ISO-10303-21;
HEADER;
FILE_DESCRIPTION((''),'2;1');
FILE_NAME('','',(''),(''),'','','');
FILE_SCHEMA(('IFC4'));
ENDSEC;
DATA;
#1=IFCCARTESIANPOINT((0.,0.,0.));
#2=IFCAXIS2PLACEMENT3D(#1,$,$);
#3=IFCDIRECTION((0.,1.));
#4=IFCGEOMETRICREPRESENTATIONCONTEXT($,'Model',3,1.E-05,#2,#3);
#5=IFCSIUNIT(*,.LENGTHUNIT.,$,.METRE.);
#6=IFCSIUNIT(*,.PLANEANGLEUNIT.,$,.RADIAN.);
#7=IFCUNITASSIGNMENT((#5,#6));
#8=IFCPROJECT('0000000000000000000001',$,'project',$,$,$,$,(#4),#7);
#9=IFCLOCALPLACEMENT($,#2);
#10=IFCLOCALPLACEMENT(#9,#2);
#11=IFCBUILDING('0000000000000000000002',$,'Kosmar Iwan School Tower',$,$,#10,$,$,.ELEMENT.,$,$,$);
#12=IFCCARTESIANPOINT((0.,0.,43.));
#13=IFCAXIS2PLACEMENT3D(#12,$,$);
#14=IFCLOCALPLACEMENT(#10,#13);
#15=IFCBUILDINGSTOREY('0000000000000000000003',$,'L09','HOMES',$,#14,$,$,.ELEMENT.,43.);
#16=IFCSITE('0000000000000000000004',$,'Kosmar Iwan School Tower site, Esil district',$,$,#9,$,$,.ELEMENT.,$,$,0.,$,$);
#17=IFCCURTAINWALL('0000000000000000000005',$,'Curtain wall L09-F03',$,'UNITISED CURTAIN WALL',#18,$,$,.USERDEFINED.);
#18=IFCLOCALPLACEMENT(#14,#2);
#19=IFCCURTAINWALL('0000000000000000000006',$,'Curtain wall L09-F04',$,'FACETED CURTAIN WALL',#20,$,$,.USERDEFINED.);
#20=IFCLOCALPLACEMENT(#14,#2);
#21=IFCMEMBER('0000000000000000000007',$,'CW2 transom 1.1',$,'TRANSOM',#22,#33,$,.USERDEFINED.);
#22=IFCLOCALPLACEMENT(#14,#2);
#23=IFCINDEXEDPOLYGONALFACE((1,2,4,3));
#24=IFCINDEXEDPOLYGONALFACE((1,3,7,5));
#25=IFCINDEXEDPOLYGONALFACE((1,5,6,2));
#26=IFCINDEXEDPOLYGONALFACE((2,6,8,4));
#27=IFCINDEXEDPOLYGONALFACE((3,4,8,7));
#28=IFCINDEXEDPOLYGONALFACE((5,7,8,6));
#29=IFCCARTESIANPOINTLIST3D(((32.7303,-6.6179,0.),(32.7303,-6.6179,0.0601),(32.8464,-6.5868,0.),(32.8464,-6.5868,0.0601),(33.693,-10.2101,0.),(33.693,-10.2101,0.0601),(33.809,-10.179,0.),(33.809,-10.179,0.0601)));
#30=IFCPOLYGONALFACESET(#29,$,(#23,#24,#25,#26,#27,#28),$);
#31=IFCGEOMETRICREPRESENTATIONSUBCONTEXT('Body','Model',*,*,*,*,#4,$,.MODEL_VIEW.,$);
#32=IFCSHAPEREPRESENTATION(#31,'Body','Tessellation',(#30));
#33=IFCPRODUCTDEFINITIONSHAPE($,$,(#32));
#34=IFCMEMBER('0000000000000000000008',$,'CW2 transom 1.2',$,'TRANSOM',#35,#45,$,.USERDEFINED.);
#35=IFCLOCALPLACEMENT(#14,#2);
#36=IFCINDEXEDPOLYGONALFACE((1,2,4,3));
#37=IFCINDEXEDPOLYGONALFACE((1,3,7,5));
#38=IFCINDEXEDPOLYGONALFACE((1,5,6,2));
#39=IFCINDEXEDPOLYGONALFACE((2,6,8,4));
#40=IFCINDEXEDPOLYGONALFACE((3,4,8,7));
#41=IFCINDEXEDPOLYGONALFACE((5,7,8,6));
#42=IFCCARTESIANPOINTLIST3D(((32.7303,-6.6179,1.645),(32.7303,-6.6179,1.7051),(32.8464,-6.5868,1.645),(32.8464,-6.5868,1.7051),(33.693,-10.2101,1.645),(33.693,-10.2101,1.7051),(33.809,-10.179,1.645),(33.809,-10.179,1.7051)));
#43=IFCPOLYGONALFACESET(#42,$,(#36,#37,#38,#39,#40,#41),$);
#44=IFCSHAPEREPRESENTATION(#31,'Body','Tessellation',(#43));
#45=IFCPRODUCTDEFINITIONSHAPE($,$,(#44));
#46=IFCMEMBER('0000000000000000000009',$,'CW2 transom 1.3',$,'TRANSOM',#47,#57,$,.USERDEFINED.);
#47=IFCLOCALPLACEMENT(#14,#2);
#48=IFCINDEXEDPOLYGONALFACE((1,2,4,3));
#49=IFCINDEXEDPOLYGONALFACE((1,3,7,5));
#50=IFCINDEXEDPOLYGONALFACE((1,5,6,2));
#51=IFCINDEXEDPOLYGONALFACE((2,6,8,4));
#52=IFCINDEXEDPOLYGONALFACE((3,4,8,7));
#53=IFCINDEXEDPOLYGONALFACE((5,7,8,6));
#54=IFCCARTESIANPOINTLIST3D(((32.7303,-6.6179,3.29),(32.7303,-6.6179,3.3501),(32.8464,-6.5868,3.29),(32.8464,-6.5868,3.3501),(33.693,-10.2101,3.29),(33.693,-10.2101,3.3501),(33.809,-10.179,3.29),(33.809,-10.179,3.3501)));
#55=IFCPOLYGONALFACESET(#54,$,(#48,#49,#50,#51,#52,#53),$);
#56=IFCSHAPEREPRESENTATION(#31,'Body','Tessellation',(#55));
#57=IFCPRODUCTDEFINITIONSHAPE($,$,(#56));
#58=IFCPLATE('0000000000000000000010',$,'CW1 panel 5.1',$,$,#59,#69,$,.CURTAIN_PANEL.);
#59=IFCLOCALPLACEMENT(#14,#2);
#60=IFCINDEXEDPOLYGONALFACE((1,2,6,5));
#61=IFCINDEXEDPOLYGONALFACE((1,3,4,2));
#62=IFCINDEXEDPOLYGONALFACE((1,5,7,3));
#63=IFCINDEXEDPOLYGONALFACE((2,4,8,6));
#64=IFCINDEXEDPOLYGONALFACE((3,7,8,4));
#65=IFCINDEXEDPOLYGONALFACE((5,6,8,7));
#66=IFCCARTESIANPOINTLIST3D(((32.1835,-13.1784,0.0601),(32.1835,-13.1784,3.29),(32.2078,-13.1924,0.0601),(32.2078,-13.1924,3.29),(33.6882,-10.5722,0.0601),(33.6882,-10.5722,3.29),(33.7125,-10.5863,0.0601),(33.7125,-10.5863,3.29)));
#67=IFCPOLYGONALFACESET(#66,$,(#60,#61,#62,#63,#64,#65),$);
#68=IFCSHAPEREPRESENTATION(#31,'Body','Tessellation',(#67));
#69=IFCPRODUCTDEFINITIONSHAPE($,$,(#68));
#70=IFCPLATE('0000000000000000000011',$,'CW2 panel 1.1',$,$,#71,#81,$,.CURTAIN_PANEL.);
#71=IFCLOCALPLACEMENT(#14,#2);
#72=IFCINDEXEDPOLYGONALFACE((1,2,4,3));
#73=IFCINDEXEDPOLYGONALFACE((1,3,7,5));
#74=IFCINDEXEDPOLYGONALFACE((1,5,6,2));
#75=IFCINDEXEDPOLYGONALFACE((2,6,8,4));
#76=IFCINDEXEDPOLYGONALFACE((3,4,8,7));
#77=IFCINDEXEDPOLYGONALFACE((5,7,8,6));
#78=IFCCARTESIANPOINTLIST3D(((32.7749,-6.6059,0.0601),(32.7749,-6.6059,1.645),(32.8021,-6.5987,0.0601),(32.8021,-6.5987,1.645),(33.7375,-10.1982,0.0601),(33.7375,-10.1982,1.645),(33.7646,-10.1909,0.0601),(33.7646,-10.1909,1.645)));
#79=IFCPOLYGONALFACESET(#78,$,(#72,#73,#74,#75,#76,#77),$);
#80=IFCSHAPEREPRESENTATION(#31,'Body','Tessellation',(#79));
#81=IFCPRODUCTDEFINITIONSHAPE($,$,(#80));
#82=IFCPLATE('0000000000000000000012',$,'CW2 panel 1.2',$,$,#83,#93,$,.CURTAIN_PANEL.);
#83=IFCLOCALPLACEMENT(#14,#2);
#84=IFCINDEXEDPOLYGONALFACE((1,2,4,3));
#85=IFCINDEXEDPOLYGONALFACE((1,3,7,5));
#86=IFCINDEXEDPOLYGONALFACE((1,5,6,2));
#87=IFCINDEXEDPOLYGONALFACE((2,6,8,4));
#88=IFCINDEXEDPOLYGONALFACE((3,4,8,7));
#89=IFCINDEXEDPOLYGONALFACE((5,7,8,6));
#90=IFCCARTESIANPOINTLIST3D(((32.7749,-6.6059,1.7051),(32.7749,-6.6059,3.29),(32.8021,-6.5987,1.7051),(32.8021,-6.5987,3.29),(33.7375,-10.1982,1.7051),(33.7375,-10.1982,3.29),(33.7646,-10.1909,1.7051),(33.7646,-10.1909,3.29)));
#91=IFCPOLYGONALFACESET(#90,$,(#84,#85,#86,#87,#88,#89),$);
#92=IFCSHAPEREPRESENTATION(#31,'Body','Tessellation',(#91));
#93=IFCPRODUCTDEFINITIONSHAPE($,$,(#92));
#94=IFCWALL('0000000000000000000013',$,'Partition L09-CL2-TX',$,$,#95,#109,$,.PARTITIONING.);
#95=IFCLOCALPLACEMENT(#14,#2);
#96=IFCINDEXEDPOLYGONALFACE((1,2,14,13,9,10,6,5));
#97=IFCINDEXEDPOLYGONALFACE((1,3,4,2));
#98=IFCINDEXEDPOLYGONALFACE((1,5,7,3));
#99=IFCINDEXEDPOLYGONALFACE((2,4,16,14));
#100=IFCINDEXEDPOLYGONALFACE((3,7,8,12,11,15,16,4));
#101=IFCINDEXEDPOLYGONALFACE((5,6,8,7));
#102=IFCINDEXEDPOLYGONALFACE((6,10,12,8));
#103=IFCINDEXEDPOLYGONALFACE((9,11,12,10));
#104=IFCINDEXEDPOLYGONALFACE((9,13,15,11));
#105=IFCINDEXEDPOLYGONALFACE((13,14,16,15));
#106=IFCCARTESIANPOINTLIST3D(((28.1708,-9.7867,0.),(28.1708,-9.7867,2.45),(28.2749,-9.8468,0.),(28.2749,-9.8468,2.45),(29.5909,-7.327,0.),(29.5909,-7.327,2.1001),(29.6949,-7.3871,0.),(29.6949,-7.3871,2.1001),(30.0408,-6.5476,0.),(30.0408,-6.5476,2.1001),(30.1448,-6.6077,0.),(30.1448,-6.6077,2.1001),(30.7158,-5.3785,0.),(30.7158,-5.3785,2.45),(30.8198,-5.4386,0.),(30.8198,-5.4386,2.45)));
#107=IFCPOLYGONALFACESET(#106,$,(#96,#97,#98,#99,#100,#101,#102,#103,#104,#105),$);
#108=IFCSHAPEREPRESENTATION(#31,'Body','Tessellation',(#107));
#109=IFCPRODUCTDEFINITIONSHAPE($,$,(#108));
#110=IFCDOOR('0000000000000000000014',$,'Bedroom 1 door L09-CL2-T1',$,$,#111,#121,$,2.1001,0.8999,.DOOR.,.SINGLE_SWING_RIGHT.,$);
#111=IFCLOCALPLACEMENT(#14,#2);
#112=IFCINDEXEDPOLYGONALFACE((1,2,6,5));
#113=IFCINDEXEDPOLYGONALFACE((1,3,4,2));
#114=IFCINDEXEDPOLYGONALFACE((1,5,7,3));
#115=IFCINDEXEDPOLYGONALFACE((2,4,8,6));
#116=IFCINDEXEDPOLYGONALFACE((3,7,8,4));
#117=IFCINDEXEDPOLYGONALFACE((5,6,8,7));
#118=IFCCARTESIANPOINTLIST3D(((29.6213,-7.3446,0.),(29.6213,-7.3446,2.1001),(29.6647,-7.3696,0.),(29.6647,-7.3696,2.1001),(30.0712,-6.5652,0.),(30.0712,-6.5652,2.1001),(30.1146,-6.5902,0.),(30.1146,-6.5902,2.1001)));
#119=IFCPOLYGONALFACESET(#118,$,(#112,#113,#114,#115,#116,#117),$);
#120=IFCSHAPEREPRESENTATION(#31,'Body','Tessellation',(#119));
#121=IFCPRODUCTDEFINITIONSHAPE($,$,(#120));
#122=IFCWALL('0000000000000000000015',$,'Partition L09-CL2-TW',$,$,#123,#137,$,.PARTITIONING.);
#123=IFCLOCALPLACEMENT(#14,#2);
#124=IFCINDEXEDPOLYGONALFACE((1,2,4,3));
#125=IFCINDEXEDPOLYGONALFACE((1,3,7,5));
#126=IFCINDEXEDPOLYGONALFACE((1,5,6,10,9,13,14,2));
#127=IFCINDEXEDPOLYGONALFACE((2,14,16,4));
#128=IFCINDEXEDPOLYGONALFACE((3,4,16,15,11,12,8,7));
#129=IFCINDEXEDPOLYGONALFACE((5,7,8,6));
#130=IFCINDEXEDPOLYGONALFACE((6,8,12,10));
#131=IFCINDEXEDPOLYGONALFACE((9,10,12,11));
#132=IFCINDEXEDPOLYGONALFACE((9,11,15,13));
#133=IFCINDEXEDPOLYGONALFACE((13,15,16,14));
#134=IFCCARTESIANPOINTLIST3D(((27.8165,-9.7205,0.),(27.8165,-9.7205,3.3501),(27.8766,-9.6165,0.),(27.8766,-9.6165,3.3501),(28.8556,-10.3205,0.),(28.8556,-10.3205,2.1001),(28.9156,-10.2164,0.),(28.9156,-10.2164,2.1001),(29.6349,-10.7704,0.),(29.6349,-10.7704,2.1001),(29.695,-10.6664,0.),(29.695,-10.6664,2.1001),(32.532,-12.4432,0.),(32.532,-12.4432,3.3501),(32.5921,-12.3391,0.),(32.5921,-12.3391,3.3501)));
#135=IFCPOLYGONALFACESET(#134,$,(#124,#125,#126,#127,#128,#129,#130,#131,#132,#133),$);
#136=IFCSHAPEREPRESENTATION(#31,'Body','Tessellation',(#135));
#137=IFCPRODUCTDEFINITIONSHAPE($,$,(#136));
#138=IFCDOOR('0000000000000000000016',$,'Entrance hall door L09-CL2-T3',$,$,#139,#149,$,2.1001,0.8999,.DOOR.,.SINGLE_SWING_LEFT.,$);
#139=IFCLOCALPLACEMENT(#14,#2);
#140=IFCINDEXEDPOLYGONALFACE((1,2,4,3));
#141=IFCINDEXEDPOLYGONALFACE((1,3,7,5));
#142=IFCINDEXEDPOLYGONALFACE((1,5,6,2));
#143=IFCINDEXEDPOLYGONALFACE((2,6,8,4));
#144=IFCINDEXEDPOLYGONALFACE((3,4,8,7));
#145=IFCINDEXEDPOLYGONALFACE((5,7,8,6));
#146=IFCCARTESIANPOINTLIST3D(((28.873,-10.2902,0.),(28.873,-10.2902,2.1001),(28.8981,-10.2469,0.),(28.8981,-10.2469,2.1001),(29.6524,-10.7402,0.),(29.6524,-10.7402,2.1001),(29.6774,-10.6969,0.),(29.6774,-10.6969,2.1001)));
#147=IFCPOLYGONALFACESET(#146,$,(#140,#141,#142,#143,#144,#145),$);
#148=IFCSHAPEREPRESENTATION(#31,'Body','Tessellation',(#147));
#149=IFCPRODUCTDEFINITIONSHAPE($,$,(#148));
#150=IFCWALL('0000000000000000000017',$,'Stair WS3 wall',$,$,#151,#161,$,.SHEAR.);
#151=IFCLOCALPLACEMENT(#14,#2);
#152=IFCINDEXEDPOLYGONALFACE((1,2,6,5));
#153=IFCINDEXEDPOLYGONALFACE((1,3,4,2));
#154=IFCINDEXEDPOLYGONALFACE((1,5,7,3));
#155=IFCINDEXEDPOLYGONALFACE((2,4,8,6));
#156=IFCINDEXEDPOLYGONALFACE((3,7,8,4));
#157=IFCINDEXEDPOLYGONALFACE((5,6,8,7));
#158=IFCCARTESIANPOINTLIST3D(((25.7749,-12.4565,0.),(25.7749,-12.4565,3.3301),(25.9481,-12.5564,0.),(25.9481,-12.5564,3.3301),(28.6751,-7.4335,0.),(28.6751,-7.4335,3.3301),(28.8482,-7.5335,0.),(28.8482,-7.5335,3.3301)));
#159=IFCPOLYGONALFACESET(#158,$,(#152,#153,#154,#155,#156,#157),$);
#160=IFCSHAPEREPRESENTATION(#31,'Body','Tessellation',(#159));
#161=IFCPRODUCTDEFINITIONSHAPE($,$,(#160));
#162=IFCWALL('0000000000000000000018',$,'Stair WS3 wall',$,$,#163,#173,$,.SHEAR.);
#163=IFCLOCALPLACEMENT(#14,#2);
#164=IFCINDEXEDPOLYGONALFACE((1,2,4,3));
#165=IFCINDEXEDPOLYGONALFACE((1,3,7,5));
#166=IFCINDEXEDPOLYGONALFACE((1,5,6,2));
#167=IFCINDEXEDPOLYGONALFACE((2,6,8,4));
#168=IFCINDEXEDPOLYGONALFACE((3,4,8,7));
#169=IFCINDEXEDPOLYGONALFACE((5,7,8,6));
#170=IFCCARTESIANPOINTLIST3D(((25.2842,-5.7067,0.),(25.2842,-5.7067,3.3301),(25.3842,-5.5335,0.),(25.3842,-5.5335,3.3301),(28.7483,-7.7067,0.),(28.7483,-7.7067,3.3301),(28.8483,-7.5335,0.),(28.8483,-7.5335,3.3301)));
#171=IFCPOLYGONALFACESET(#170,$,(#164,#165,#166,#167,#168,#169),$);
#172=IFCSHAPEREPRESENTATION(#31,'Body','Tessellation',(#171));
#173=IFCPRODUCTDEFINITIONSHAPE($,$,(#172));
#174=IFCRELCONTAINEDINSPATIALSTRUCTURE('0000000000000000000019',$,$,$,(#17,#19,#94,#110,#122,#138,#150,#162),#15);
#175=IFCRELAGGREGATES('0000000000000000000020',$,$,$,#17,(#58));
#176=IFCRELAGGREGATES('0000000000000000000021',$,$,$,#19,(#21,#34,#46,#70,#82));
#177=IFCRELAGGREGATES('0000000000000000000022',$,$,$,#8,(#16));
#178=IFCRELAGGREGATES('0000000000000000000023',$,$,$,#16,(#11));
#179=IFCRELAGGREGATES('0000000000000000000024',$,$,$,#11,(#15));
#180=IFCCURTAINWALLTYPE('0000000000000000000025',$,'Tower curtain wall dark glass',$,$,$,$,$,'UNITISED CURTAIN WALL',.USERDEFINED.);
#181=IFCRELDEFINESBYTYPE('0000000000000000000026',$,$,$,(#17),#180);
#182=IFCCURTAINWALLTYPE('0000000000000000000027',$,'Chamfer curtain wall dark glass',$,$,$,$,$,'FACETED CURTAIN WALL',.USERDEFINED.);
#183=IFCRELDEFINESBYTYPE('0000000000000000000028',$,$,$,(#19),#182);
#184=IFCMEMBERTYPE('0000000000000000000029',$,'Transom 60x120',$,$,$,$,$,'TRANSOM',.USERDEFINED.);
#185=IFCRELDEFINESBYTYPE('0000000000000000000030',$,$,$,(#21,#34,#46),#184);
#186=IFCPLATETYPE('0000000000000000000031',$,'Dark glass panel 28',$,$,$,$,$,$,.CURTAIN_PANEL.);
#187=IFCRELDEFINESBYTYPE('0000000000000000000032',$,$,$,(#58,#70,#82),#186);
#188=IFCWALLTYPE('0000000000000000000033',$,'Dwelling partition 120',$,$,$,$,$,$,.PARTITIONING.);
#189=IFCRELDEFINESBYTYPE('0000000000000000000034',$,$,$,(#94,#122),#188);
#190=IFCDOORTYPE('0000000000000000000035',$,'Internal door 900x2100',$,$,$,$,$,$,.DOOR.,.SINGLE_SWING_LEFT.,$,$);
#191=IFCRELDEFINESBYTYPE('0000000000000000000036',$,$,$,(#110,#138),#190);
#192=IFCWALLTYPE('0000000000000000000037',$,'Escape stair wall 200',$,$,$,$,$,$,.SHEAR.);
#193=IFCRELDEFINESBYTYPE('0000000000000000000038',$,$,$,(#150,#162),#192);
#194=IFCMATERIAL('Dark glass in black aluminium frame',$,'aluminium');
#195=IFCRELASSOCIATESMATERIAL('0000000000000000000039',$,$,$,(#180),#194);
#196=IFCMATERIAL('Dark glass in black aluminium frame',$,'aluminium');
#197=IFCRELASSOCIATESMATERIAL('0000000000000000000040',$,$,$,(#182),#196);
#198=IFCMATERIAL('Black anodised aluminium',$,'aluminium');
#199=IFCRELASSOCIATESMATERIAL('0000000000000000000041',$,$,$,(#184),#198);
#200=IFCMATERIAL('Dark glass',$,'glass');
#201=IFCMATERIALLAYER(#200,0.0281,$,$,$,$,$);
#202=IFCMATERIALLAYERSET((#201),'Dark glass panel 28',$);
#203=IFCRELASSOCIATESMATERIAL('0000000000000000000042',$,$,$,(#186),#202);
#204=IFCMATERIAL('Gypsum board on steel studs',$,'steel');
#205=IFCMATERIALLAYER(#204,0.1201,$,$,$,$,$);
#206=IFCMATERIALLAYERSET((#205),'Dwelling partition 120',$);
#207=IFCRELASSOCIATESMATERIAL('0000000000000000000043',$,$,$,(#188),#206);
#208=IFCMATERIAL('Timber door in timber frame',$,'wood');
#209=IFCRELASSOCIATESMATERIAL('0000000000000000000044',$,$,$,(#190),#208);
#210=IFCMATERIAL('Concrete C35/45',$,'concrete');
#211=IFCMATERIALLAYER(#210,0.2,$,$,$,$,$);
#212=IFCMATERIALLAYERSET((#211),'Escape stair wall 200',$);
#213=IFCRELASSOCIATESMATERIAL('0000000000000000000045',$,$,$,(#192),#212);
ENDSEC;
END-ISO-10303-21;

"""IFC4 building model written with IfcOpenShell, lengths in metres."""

from ifc_helpers import new_model, si_unit, direction, frame, frame_2d, origin, origin_2d, place, context, subcontext, project, spatial, rectangle, extrude, material, layer, layer_set, material_profile, profile_set, type_object, element, fill, aggregate, save


model = new_model("IFC4")

# Units and contexts
model_context = context("Model", 3, precision=1e-05, world=origin(), true_north=direction((0.0, 1.0)))
body_context = subcontext(model_context, "Body", "Model", "MODEL_VIEW")
ifc_project = project(units=[si_unit("LENGTHUNIT", "METRE"), si_unit("PLANEANGLEUNIT", "RADIAN")], contexts=[model_context])

# Site, building, storey
site_placement = place(None, origin())
site = spatial("IfcSite", under=ifc_project, at=site_placement, Name="Kosmar Iwan School Tower site, Esil district", CompositionType="ELEMENT", RefElevation=0.0)
building_placement = place(site_placement, origin())
building = spatial("IfcBuilding", under=site, at=building_placement, Name="Kosmar Iwan School Tower", CompositionType="ELEMENT")
storey_placement = place(building_placement, frame((0.0, 0.0, 43.0)))
storey = spatial("IfcBuildingStorey", under=building, at=storey_placement, Name="L09", Description="HOMES", CompositionType="ELEMENT", Elevation=43.0)

# Curtain wall
ifc_material_1 = material(Name="Dark glass in black aluminium frame", Category="aluminium")
curtain_wall_type_1 = type_object("IfcCurtainWallType", Name="Tower curtain wall dark glass", ElementType="UNITISED CURTAIN WALL", PredefinedType="USERDEFINED", material=ifc_material_1)
curtain_wall_1_placement = place(storey_placement, origin())
curtain_wall_1 = element("IfcCurtainWall", 1, at=curtain_wall_1_placement, inside=storey, type_object=curtain_wall_type_1, Name="Curtain wall L09-F03", ObjectType="UNITISED CURTAIN WALL", PredefinedType="USERDEFINED")

# Curtain wall
ifc_material_2 = material(Name="Dark glass in black aluminium frame", Category="aluminium")
curtain_wall_type_2 = type_object("IfcCurtainWallType", Name="Chamfer curtain wall dark glass", ElementType="FACETED CURTAIN WALL", PredefinedType="USERDEFINED", material=ifc_material_2)
curtain_wall_2_placement = place(storey_placement, origin())
curtain_wall_2 = element("IfcCurtainWall", 2, at=curtain_wall_2_placement, inside=storey, type_object=curtain_wall_type_2, Name="Curtain wall L09-F04", ObjectType="FACETED CURTAIN WALL", PredefinedType="USERDEFINED")

# Members
ifc_material_3 = material(Name="Black anodised aluminium", Category="aluminium")
ifc_material_profile_1 = material_profile(ifc_material_3, rectangle(XDim=0.1201, YDim=0.0601, at=origin_2d()), Name="TRANSOM 60x120")
ifc_profile_set_1 = profile_set([ifc_material_profile_1], Name="Black anodised aluminium")
member_type_1 = type_object("IfcMemberType", Name="Transom 60x120", ElementType="TRANSOM", PredefinedType="USERDEFINED", material=ifc_profile_set_1)
member_1_placement = place(storey_placement, frame((33.751, -10.1946, 0.03), z_axis=(-0.258843, 0.965919, 0.0), x_axis=(-0.965919, -0.258843, 0.0)))
member_1 = element("IfcMember", 3, at=member_1_placement, type_object=member_type_1, Name="CW2 transom 1.1", ObjectType="TRANSOM", PredefinedType="USERDEFINED", context=body_context, shape_type="SweptSolid", body=[
    extrude(rectangle(XDim=0.1201, YDim=0.0601, at=origin_2d()), origin(), (0.0, 0.0, 1.0), 3.719),
])
member_2_placement = place(storey_placement, frame((33.751, -10.1946, 1.675), z_axis=(-0.258843, 0.965919, 0.0), x_axis=(-0.965919, -0.258843, 0.0)))
member_2 = element("IfcMember", 4, at=member_2_placement, type_object=member_type_1, Name="CW2 transom 1.2", ObjectType="TRANSOM", PredefinedType="USERDEFINED", context=body_context, shape_type="SweptSolid", body=[
    extrude(rectangle(XDim=0.1201, YDim=0.0601, at=origin_2d()), origin(), (0.0, 0.0, 1.0), 3.719),
])
member_3_placement = place(storey_placement, frame((33.751, -10.1946, 3.3201), z_axis=(-0.258843, 0.965919, 0.0), x_axis=(-0.965919, -0.258843, 0.0)))
member_3 = element("IfcMember", 5, at=member_3_placement, type_object=member_type_1, Name="CW2 transom 1.3", ObjectType="TRANSOM", PredefinedType="USERDEFINED", context=body_context, shape_type="SweptSolid", body=[
    extrude(rectangle(XDim=0.1201, YDim=0.0601, at=origin_2d()), origin(), (0.0, 0.0, 1.0), 3.719),
])

# Plates
ifc_material_4 = material(Name="Dark glass", Category="glass")
ifc_layer_1 = layer(ifc_material_4, 0.0281)
ifc_layer_set_1 = layer_set([ifc_layer_1], Name="Dark glass panel 28")
plate_type = type_object("IfcPlateType", Name="Dark glass panel 28", PredefinedType="CURTAIN_PANEL", material=ifc_layer_set_1)
plate_1_placement = place(storey_placement, frame((32.948, -11.8823, 0.0601), z_axis=(0.0, 0.0, 1.0), x_axis=(0.5, 0.866025, 0.0)))
plate_1 = element("IfcPlate", 6, at=plate_1_placement, type_object=plate_type, Name="CW1 panel 5.1", PredefinedType="CURTAIN_PANEL", context=body_context, shape_type="SweptSolid", body=[
    extrude(rectangle(XDim=3.0093, YDim=0.0281, at=origin_2d()), origin(), (0.0, 0.0, 1.0), 3.23),
])
aggregate(curtain_wall_1, [plate_1])
plate_2_placement = place(storey_placement, frame((33.2698, -8.3984, 0.0601), z_axis=(0.0, 0.0, 1.0), x_axis=(-0.258819, 0.965926, 0.0)))
plate_2 = element("IfcPlate", 7, at=plate_2_placement, type_object=plate_type, Name="CW2 panel 1.1", PredefinedType="CURTAIN_PANEL", context=body_context, shape_type="SweptSolid", body=[
    extrude(rectangle(XDim=3.719, YDim=0.0281, at=origin_2d()), origin(), (0.0, 0.0, 1.0), 1.585),
])
plate_3_placement = place(storey_placement, frame((33.2698, -8.3984, 1.7051), z_axis=(0.0, 0.0, 1.0), x_axis=(-0.258819, 0.965926, 0.0)))
plate_3 = element("IfcPlate", 8, at=plate_3_placement, type_object=plate_type, Name="CW2 panel 1.2", PredefinedType="CURTAIN_PANEL", context=body_context, shape_type="SweptSolid", body=[
    extrude(rectangle(XDim=3.719, YDim=0.0281, at=origin_2d()), origin(), (0.0, 0.0, 1.0), 1.585),
])
aggregate(curtain_wall_2, [member_1, member_2, member_3, plate_2, plate_3])

# Walls, openings, doors
ifc_material_5 = material(Name="Gypsum board on steel studs", Category="steel")
ifc_layer_2 = layer(ifc_material_5, 0.1201)
ifc_layer_set_2 = layer_set([ifc_layer_2], Name="Dwelling partition 120")
wall_type_1 = type_object("IfcWallType", Name="Dwelling partition 120", PredefinedType="PARTITIONING", material=ifc_layer_set_2)
wall_1_placement = place(storey_placement, frame((28.2229, -9.8167, 0.0), z_axis=(0.0, 0.0, 1.0), x_axis=(0.499977, 0.866039, 0.0)))
wall_1 = element("IfcWall", 9, at=wall_1_placement, inside=storey, type_object=wall_type_1, Name="Partition L09-CL2-TX", PredefinedType="PARTITIONING", context=body_context, shape_type="SweptSolid", body=[
    extrude(rectangle(XDim=5.0901, YDim=0.1201, at=frame_2d((2.5449, 0.0))), origin(), (0.0, 0.0, 1.0), 2.45),
])
opening_1_placement = place(wall_1_placement, frame((2.8401, 0.0, 0.0)))
opening_1 = element("IfcOpeningElement", 10, at=opening_1_placement, cuts=wall_1, PredefinedType="OPENING", context=body_context, shape_type="SweptSolid", body=[
    extrude(rectangle(XDim=0.8999, YDim=2.1001, at=frame_2d((0.45, 1.05))), frame((0.0, 0.072, 0.0), z_axis=(0.0, -1.0, 0.0), x_axis=(1.0, 0.0, 0.0)), (0.0, 0.0, 1.0), 0.144),
])
ifc_material_6 = material(Name="Timber door in timber frame", Category="wood")
door_type = type_object("IfcDoorType", Name="Internal door 900x2100", OperationType="SINGLE_SWING_LEFT", PredefinedType="DOOR", material=ifc_material_6)
door_1_placement = place(opening_1_placement, origin())
door_1 = element("IfcDoor", 11, at=door_1_placement, inside=storey, type_object=door_type, Name="Bedroom 1 door L09-CL2-T1", OperationType="SINGLE_SWING_RIGHT", OverallHeight=2.1001, OverallWidth=0.8999, PredefinedType="DOOR", context=body_context, shape_type="SweptSolid", body=[
    extrude(rectangle(XDim=0.8999, YDim=2.1001, at=frame_2d((0.45, 1.05))), frame((0.0, 0.0249, 0.0), z_axis=(0.0, -1.0, 0.0), x_axis=(1.0, 0.0, 0.0)), (0.0, 0.0, 1.0), 0.05),
])
fill(opening_1, door_1)
wall_2_placement = place(storey_placement, frame((27.8464, -9.6685, 0.0), z_axis=(0.0, 0.0, 1.0), x_axis=(0.866016, -0.500016, 0.0)))
wall_2 = element("IfcWall", 12, at=wall_2_placement, inside=storey, type_object=wall_type_1, Name="Partition L09-CL2-TW", PredefinedType="PARTITIONING", context=body_context, shape_type="SweptSolid", body=[
    extrude(rectangle(XDim=5.4451, YDim=0.1201, at=frame_2d((2.7227, 0.0))), origin(), (0.0, 0.0, 1.0), 3.3501),
])
opening_2_placement = place(wall_2_placement, frame((1.2, 0.0, 0.0)))
opening_2 = element("IfcOpeningElement", 13, at=opening_2_placement, cuts=wall_2, PredefinedType="OPENING", context=body_context, shape_type="SweptSolid", body=[
    extrude(rectangle(XDim=0.8999, YDim=2.1001, at=frame_2d((0.45, 1.05))), frame((0.0, 0.072, 0.0), z_axis=(0.0, -1.0, 0.0), x_axis=(1.0, 0.0, 0.0)), (0.0, 0.0, 1.0), 0.144),
])
door_2_placement = place(opening_2_placement, origin())
door_2 = element("IfcDoor", 14, at=door_2_placement, inside=storey, type_object=door_type, Name="Entrance hall door L09-CL2-T3", OperationType="SINGLE_SWING_LEFT", OverallHeight=2.1001, OverallWidth=0.8999, PredefinedType="DOOR", context=body_context, shape_type="SweptSolid", body=[
    extrude(rectangle(XDim=0.8999, YDim=2.1001, at=frame_2d((0.45, 1.05))), frame((0.0, 0.0249, 0.0), z_axis=(0.0, -1.0, 0.0), x_axis=(1.0, 0.0, 0.0)), (0.0, 0.0, 1.0), 0.05),
])
fill(opening_2, door_2)

# Walls
ifc_material_7 = material(Name="Concrete C35/45", Category="concrete")
ifc_layer_3 = layer(ifc_material_7, 0.2)
ifc_layer_set_3 = layer_set([ifc_layer_3], Name="Escape stair wall 200")
wall_type_2 = type_object("IfcWallType", Name="Escape stair wall 200", PredefinedType="SHEAR", material=ifc_layer_set_3)
wall_3_placement = place(storey_placement, frame((25.8616, -12.5063, 0.0), z_axis=(0.0, 0.0, 1.0), x_axis=(0.500019, 0.866015, 0.0)))
element("IfcWall", 15, at=wall_3_placement, inside=storey, type_object=wall_type_2, Name="Stair WS3 wall", PredefinedType="SHEAR", context=body_context, shape_type="SweptSolid", body=[
    extrude(rectangle(XDim=5.8, YDim=0.2, at=frame_2d((2.8999, 0.0))), origin(), (0.0, 0.0, 1.0), 3.3301),
])
wall_4_placement = place(storey_placement, frame((25.3342, -5.6201, 0.0), z_axis=(0.0, 0.0, 1.0), x_axis=(0.866026, -0.499999, 0.0)))
element("IfcWall", 16, at=wall_4_placement, inside=storey, type_object=wall_type_2, Name="Stair WS3 wall", PredefinedType="SHEAR", context=body_context, shape_type="SweptSolid", body=[
    extrude(rectangle(XDim=4.0, YDim=0.2, at=frame_2d((2.0, 0.0))), origin(), (0.0, 0.0, 1.0), 3.3301),
])

save(model, "model.ifc")
